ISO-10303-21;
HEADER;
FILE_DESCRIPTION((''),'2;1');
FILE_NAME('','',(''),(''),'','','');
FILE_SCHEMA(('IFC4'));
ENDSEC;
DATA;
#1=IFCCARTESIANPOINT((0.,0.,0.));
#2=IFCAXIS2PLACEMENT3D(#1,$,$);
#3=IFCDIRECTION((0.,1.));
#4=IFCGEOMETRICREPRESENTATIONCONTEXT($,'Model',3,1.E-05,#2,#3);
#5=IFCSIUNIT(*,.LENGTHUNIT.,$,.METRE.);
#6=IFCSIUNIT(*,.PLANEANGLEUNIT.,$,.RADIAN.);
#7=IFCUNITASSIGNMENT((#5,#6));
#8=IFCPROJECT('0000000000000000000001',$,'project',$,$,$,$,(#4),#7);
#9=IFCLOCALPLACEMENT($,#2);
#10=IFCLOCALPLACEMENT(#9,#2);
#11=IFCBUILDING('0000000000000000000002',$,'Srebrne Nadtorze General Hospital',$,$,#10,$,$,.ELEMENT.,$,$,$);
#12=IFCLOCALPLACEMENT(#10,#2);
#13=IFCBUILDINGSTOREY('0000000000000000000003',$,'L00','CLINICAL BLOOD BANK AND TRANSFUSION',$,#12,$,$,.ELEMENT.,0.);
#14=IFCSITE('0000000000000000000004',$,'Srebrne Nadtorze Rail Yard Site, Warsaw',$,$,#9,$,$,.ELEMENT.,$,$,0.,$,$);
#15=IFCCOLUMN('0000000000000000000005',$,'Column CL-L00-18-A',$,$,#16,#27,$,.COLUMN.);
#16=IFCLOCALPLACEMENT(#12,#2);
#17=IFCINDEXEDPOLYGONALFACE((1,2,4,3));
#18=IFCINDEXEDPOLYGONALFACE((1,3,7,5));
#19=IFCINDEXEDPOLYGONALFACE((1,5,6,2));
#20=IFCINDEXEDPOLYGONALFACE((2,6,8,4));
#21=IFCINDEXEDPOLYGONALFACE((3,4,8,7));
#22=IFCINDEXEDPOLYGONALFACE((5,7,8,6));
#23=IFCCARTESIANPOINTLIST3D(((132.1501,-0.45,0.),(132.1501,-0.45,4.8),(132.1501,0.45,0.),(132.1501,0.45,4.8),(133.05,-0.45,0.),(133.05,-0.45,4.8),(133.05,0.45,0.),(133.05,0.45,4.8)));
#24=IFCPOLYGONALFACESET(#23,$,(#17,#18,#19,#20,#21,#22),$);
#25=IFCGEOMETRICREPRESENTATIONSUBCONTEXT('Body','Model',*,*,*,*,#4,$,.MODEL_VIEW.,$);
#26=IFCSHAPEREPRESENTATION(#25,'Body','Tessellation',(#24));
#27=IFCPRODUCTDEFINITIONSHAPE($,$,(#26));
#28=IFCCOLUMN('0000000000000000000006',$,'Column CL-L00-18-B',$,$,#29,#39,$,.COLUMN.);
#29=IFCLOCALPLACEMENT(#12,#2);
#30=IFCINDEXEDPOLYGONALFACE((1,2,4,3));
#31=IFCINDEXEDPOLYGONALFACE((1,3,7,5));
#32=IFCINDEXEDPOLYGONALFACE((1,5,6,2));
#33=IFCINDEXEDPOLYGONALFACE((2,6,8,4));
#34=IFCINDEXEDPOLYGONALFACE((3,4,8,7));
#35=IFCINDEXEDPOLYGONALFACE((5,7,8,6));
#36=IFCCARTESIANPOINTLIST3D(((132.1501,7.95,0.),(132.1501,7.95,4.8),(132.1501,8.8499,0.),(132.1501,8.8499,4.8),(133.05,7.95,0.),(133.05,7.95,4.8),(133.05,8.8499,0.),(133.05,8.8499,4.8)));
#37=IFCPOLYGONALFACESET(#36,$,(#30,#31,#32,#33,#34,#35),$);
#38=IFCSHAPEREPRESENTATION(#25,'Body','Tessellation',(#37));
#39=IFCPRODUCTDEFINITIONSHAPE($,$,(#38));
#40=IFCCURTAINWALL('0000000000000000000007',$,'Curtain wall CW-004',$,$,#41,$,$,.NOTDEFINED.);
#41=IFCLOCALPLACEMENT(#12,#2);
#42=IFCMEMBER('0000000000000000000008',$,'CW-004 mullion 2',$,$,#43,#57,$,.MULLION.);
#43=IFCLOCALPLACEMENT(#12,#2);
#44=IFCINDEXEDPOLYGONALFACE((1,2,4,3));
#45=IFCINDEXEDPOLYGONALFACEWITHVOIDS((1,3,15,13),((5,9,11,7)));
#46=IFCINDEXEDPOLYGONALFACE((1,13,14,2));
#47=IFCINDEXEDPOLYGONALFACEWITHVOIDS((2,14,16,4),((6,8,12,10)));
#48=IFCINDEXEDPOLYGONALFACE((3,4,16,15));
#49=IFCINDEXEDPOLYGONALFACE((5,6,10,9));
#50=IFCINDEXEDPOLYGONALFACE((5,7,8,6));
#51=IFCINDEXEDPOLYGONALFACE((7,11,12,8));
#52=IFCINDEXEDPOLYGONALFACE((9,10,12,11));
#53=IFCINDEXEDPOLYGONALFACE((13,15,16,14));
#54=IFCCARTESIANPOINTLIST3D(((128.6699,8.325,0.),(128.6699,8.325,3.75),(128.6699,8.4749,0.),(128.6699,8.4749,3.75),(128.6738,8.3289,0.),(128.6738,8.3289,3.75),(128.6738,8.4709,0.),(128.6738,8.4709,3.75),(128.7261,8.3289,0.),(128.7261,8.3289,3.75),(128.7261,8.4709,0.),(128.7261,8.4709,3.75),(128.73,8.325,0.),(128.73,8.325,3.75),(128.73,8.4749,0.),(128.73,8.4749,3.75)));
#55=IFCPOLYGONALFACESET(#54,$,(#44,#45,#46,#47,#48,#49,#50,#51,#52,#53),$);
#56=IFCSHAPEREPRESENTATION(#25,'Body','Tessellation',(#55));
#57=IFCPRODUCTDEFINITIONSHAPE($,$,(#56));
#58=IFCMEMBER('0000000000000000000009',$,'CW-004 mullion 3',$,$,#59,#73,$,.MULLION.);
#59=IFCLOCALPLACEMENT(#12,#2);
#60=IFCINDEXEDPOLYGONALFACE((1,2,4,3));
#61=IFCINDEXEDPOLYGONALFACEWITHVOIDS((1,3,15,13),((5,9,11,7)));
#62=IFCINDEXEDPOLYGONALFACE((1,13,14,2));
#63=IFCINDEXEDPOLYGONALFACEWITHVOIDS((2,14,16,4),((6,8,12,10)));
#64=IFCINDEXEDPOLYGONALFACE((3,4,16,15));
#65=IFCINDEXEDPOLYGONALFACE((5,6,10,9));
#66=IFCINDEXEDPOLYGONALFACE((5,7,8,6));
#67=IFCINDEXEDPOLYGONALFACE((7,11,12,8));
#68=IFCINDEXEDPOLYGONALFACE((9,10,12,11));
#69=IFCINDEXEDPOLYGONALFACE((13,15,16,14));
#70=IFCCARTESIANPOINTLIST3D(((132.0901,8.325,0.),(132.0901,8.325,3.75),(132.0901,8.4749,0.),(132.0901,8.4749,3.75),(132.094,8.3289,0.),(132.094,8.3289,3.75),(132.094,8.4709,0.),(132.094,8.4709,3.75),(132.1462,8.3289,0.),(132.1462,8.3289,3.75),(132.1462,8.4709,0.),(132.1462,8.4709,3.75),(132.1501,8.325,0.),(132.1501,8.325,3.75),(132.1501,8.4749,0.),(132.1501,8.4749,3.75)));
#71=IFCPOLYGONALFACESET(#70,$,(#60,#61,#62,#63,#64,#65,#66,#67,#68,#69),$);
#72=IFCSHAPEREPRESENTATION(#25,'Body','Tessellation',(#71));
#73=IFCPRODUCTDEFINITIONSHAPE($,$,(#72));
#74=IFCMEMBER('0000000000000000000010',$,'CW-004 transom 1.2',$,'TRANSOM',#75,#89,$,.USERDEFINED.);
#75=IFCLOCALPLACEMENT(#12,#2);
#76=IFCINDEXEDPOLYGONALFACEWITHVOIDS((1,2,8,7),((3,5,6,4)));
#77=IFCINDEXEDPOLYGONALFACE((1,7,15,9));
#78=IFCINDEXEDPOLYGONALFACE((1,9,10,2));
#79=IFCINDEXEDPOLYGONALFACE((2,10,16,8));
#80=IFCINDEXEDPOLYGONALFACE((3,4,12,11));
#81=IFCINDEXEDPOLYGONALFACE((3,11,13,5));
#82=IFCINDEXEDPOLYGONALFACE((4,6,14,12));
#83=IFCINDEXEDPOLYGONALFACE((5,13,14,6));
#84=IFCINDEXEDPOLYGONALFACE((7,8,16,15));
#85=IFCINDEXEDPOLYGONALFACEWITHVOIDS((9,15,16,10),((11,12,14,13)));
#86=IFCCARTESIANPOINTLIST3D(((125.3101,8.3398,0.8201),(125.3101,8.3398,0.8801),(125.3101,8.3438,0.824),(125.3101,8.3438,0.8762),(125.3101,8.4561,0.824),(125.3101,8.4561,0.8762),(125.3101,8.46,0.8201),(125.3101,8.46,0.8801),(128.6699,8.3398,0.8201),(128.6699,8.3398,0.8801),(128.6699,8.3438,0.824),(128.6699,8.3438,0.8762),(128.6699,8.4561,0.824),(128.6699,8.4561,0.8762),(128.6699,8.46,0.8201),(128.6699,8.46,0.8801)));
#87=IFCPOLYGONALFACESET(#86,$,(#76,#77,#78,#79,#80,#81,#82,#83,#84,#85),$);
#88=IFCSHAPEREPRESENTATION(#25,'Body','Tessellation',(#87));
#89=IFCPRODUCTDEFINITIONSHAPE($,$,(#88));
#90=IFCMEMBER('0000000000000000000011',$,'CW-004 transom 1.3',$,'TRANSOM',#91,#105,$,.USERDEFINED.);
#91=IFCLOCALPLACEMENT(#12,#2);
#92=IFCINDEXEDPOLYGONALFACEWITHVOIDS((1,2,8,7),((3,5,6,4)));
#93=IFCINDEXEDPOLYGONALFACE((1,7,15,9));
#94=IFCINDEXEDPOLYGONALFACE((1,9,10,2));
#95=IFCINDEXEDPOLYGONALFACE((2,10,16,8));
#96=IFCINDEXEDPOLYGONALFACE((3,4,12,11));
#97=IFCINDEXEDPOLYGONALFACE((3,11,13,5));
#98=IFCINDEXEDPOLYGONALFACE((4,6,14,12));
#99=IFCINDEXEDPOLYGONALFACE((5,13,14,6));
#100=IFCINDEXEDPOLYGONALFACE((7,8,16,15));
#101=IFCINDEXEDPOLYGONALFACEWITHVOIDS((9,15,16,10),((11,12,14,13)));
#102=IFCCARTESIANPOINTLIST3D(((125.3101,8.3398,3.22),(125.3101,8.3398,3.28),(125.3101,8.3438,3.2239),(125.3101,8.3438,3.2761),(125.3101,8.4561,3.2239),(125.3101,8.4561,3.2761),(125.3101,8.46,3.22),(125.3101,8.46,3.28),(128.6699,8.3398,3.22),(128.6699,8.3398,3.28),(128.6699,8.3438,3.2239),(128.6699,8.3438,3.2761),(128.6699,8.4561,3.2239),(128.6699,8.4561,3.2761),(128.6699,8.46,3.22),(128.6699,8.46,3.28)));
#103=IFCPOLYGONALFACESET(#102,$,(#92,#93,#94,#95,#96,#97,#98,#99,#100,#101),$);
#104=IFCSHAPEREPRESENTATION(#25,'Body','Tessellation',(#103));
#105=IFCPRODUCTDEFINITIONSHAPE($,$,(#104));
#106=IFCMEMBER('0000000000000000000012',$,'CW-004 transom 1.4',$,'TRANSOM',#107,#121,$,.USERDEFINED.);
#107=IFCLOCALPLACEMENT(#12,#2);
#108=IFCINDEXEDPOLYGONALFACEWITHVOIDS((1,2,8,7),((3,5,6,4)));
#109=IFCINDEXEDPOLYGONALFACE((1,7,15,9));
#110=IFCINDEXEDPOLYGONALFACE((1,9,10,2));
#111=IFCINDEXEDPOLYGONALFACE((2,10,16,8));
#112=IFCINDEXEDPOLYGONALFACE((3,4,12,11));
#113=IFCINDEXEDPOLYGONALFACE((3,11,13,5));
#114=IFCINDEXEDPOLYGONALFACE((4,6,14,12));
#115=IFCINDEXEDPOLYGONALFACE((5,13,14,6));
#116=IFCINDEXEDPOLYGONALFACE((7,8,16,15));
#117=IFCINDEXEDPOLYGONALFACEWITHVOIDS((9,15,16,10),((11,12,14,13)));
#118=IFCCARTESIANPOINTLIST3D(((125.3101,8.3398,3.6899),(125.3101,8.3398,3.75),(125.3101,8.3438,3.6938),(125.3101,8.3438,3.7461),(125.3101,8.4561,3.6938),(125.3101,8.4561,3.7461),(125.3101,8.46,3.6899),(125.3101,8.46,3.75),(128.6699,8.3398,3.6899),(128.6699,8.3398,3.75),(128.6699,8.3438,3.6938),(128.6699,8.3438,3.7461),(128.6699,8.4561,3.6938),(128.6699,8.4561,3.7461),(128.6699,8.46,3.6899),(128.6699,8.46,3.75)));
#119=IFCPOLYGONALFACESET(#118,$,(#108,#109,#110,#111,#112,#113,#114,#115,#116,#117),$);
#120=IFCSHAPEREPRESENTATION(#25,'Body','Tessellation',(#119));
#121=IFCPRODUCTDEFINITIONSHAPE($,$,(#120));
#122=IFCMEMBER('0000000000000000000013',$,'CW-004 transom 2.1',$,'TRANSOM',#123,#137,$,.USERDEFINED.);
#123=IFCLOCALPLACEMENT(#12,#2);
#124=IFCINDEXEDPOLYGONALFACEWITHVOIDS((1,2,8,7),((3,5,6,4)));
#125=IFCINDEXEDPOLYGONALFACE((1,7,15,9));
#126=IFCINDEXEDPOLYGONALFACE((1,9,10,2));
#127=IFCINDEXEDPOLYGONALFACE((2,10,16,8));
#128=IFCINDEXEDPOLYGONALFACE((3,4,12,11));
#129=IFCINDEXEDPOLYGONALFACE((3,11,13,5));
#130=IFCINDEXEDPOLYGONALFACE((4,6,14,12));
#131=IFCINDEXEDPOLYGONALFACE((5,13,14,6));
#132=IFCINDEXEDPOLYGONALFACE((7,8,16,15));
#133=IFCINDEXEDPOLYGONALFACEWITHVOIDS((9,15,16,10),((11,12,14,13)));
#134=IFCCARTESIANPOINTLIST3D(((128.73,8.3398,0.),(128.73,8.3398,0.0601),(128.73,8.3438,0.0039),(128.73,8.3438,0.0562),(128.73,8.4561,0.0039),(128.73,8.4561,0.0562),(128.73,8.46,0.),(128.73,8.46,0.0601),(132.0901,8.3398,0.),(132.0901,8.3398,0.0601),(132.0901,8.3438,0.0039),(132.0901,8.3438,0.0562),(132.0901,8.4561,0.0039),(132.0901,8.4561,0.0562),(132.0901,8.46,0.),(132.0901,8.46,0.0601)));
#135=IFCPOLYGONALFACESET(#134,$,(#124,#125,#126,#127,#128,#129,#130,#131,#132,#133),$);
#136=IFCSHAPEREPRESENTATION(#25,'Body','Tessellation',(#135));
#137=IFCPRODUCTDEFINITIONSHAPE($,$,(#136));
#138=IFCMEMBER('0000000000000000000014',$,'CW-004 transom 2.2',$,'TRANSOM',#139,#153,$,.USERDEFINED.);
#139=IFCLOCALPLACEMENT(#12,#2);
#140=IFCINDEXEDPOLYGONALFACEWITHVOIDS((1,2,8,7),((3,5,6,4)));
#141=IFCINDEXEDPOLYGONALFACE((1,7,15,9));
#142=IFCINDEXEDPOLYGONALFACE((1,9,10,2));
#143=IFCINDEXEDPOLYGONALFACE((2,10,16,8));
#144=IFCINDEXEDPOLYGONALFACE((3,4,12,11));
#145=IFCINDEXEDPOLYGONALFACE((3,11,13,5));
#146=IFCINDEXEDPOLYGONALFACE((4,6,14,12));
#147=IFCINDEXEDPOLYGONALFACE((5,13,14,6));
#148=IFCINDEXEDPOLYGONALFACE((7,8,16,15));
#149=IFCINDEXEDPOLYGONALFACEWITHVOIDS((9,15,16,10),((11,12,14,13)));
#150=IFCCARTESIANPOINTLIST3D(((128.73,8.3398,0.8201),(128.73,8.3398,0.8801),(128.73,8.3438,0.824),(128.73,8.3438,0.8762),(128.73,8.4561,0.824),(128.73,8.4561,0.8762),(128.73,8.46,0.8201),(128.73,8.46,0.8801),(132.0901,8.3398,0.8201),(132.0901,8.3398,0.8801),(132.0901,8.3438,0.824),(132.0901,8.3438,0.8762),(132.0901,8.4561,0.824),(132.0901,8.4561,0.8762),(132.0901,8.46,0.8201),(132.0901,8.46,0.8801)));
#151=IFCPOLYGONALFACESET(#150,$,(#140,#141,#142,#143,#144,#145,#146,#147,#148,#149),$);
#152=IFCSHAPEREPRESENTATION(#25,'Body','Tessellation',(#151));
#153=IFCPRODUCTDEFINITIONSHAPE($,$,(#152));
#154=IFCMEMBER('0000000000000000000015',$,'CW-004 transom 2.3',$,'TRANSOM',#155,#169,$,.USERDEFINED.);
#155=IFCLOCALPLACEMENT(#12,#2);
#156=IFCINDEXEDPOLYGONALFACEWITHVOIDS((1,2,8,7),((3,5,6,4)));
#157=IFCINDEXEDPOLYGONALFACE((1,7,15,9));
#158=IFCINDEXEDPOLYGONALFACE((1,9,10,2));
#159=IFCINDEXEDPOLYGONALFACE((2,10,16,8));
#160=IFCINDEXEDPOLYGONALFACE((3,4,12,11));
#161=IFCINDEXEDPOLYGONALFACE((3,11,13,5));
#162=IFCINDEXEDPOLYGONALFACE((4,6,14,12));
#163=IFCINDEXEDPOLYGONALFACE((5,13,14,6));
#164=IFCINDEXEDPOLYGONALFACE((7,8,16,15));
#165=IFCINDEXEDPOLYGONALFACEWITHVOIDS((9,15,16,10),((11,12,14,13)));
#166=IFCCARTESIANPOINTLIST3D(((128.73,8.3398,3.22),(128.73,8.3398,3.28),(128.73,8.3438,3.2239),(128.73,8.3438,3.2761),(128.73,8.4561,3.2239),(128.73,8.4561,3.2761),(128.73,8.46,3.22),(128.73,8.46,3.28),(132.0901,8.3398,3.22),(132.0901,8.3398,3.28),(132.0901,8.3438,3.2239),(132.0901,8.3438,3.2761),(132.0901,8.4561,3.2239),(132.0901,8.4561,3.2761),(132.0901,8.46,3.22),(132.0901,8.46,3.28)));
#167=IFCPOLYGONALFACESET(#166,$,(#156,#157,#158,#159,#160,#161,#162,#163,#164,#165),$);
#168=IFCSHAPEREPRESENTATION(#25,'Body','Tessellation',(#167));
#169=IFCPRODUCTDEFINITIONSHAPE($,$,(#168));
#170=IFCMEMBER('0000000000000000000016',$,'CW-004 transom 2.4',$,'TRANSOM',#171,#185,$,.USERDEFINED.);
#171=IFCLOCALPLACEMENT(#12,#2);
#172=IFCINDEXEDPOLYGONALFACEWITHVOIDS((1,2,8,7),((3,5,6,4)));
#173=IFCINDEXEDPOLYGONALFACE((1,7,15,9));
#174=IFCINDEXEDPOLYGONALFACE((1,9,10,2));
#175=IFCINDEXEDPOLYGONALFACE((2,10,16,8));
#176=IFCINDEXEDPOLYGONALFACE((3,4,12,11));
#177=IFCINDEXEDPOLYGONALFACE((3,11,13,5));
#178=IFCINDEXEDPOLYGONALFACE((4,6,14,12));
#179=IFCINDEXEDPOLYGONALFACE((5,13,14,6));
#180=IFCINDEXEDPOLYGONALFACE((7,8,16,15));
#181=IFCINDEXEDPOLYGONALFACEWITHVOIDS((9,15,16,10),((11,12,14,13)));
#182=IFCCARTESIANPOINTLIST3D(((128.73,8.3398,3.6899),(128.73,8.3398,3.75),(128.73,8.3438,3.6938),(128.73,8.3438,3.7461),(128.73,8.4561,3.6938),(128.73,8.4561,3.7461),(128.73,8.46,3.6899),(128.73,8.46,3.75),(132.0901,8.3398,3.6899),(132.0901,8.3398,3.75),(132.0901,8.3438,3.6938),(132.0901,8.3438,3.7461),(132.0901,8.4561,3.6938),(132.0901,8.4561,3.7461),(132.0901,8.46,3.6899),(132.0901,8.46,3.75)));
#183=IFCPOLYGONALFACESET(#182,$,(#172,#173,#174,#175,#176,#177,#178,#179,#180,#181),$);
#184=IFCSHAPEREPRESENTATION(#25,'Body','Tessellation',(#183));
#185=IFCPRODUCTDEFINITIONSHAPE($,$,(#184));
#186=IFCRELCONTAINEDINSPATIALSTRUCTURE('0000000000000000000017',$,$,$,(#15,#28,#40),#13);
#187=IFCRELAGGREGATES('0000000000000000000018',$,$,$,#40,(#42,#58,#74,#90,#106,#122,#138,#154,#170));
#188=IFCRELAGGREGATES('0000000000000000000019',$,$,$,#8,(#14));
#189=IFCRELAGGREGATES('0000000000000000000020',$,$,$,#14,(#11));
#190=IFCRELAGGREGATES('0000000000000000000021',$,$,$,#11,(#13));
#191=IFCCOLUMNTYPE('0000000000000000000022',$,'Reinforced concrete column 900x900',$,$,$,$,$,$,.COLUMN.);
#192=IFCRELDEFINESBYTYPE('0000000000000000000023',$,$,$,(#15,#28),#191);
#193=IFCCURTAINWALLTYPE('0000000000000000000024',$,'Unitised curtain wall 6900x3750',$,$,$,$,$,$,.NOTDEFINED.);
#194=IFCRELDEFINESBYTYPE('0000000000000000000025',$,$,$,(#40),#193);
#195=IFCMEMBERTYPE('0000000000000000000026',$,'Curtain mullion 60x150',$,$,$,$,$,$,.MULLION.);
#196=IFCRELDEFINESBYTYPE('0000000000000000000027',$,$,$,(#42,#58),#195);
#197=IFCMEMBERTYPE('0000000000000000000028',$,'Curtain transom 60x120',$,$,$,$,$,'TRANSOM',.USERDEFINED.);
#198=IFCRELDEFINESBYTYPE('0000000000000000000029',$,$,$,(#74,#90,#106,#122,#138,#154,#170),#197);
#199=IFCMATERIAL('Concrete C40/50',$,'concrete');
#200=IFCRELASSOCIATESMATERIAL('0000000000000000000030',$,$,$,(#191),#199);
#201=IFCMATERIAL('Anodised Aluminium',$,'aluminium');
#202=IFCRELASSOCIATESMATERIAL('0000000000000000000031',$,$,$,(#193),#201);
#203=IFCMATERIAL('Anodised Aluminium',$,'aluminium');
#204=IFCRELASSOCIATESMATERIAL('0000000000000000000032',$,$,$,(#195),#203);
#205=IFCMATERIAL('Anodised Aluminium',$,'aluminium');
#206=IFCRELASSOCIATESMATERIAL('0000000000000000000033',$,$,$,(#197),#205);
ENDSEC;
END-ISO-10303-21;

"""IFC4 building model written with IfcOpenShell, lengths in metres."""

from ifc_helpers import new_model, si_unit, direction, frame, origin, origin_2d, place, context, subcontext, project, spatial, rectangle, hollow_rectangle, extrude, material, material_profile, profile_set, type_object, element, aggregate, save


model = new_model("IFC4")

# Units and contexts
model_context = context("Model", 3, precision=1e-05, world=origin(), true_north=direction((0.0, 1.0)))
body_context = subcontext(model_context, "Body", "Model", "MODEL_VIEW")
ifc_project = project(units=[si_unit("LENGTHUNIT", "METRE"), si_unit("PLANEANGLEUNIT", "RADIAN")], contexts=[model_context])

# Site, building, storey
site_placement = place(None, origin())
site = spatial("IfcSite", under=ifc_project, at=site_placement, Name="Srebrne Nadtorze Rail Yard Site, Warsaw", CompositionType="ELEMENT", RefElevation=0.0)
building_placement = place(site_placement, origin())
building = spatial("IfcBuilding", under=site, at=building_placement, Name="Srebrne Nadtorze General Hospital", CompositionType="ELEMENT")
storey_placement = place(building_placement, origin())
storey = spatial("IfcBuildingStorey", under=building, at=storey_placement, Name="L00", Description="CLINICAL BLOOD BANK AND TRANSFUSION", CompositionType="ELEMENT", Elevation=0.0)

# Columns
ifc_material_1 = material(Name="Concrete C40/50", Category="concrete")
ifc_material_profile_1 = material_profile(ifc_material_1, rectangle(XDim=0.8999, YDim=0.8999, at=origin_2d()), Name="RC-COL-900x900")
ifc_profile_set_1 = profile_set([ifc_material_profile_1], Name="Concrete C40/50")
column_type = type_object("IfcColumnType", Name="Reinforced concrete column 900x900", PredefinedType="COLUMN", material=ifc_profile_set_1)
for number, where, z_axis, x_axis, name in (
    (1, (132.6001, 0.0, 0.0), (0.0, 0.0, 1.0), (1.0, 0.0, 0.0), "Column CL-L00-18-A"),
    (2, (132.6001, 8.3999, 0.0), (0.0, 0.0, 1.0), (1.0, 0.0, 0.0), "Column CL-L00-18-B"),
):
    element("IfcColumn", number, at=place(storey_placement, frame(where, z_axis=z_axis, x_axis=x_axis)), inside=storey, type_object=column_type, Name=name, PredefinedType="COLUMN", context=body_context, shape_type="SweptSolid", body=[
        extrude(rectangle(XDim=0.8999, YDim=0.8999, at=origin_2d()), origin(), (0.0, 0.0, 1.0), 4.8),
    ])

# Curtain wall, members
ifc_material_2 = material(Name="Anodised Aluminium", Category="aluminium")
curtain_wall_type = type_object("IfcCurtainWallType", Name="Unitised curtain wall 6900x3750", PredefinedType="NOTDEFINED", material=ifc_material_2)
curtain_wall_placement = place(storey_placement, origin())
curtain_wall = element("IfcCurtainWall", 3, at=curtain_wall_placement, inside=storey, type_object=curtain_wall_type, Name="Curtain wall CW-004", PredefinedType="NOTDEFINED")
ifc_material_3 = material(Name="Anodised Aluminium", Category="aluminium")
ifc_material_profile_2 = material_profile(ifc_material_3, hollow_rectangle(XDim=0.0601, YDim=0.1499, WallThickness=0.0039, at=origin_2d()), Name="AL-MUL-60x150")
ifc_profile_set_2 = profile_set([ifc_material_profile_2], Name="Anodised Aluminium")
member_type_1 = type_object("IfcMemberType", Name="Curtain mullion 60x150", PredefinedType="MULLION", material=ifc_profile_set_2)
member_1_placement = place(storey_placement, frame((128.7, 8.3999, 0.0), z_axis=(0.0, 0.0, 1.0), x_axis=(1.0, 0.0, 0.0)))
member_1 = element("IfcMember", 4, at=member_1_placement, type_object=member_type_1, Name="CW-004 mullion 2", PredefinedType="MULLION", context=body_context, shape_type="SweptSolid", body=[
    extrude(hollow_rectangle(XDim=0.0601, YDim=0.1499, WallThickness=0.0039, at=origin_2d()), origin(), (0.0, 0.0, 1.0), 3.75),
])
member_2_placement = place(storey_placement, frame((132.1201, 8.3999, 0.0), z_axis=(0.0, 0.0, 1.0), x_axis=(1.0, 0.0, 0.0)))
member_2 = element("IfcMember", 5, at=member_2_placement, type_object=member_type_1, Name="CW-004 mullion 3", PredefinedType="MULLION", context=body_context, shape_type="SweptSolid", body=[
    extrude(hollow_rectangle(XDim=0.0601, YDim=0.1499, WallThickness=0.0039, at=origin_2d()), origin(), (0.0, 0.0, 1.0), 3.75),
])
ifc_material_4 = material(Name="Anodised Aluminium", Category="aluminium")
ifc_material_profile_3 = material_profile(ifc_material_4, hollow_rectangle(XDim=0.0601, YDim=0.1201, WallThickness=0.0039, at=origin_2d()), Name="AL-TRN-60x120")
ifc_profile_set_3 = profile_set([ifc_material_profile_3], Name="Anodised Aluminium")
member_type_2 = type_object("IfcMemberType", Name="Curtain transom 60x120", ElementType="TRANSOM", PredefinedType="USERDEFINED", material=ifc_profile_set_3)
member_3_placement = place(storey_placement, frame((125.3101, 8.3999, 0.8501), z_axis=(1.0, 0.0, 0.0), x_axis=(0.0, 0.0, 1.0)))
member_3 = element("IfcMember", 6, at=member_3_placement, type_object=member_type_2, Name="CW-004 transom 1.2", ObjectType="TRANSOM", PredefinedType="USERDEFINED", context=body_context, shape_type="SweptSolid", body=[
    extrude(hollow_rectangle(XDim=0.0601, YDim=0.1201, WallThickness=0.0039, at=origin_2d()), origin(), (0.0, 0.0, 1.0), 3.3599),
])
member_4_placement = place(storey_placement, frame((125.3101, 8.3999, 3.25), z_axis=(1.0, 0.0, 0.0), x_axis=(0.0, 0.0, 1.0)))
member_4 = element("IfcMember", 7, at=member_4_placement, type_object=member_type_2, Name="CW-004 transom 1.3", ObjectType="TRANSOM", PredefinedType="USERDEFINED", context=body_context, shape_type="SweptSolid", body=[
    extrude(hollow_rectangle(XDim=0.0601, YDim=0.1201, WallThickness=0.0039, at=origin_2d()), origin(), (0.0, 0.0, 1.0), 3.3599),
])
member_5_placement = place(storey_placement, frame((125.3101, 8.3999, 3.72), z_axis=(1.0, 0.0, 0.0), x_axis=(0.0, 0.0, 1.0)))
member_5 = element("IfcMember", 8, at=member_5_placement, type_object=member_type_2, Name="CW-004 transom 1.4", ObjectType="TRANSOM", PredefinedType="USERDEFINED", context=body_context, shape_type="SweptSolid", body=[
    extrude(hollow_rectangle(XDim=0.0601, YDim=0.1201, WallThickness=0.0039, at=origin_2d()), origin(), (0.0, 0.0, 1.0), 3.3599),
])
member_6_placement = place(storey_placement, frame((128.73, 8.3999, 0.03), z_axis=(1.0, 0.0, 0.0), x_axis=(0.0, 0.0, 1.0)))
member_6 = element("IfcMember", 9, at=member_6_placement, type_object=member_type_2, Name="CW-004 transom 2.1", ObjectType="TRANSOM", PredefinedType="USERDEFINED", context=body_context, shape_type="SweptSolid", body=[
    extrude(hollow_rectangle(XDim=0.0601, YDim=0.1201, WallThickness=0.0039, at=origin_2d()), origin(), (0.0, 0.0, 1.0), 3.3601),
])
member_7_placement = place(storey_placement, frame((128.73, 8.3999, 0.8501), z_axis=(1.0, 0.0, 0.0), x_axis=(0.0, 0.0, 1.0)))
member_7 = element("IfcMember", 10, at=member_7_placement, type_object=member_type_2, Name="CW-004 transom 2.2", ObjectType="TRANSOM", PredefinedType="USERDEFINED", context=body_context, shape_type="SweptSolid", body=[
    extrude(hollow_rectangle(XDim=0.0601, YDim=0.1201, WallThickness=0.0039, at=origin_2d()), origin(), (0.0, 0.0, 1.0), 3.3601),
])
member_8_placement = place(storey_placement, frame((128.73, 8.3999, 3.25), z_axis=(1.0, 0.0, 0.0), x_axis=(0.0, 0.0, 1.0)))
member_8 = element("IfcMember", 11, at=member_8_placement, type_object=member_type_2, Name="CW-004 transom 2.3", ObjectType="TRANSOM", PredefinedType="USERDEFINED", context=body_context, shape_type="SweptSolid", body=[
    extrude(hollow_rectangle(XDim=0.0601, YDim=0.1201, WallThickness=0.0039, at=origin_2d()), origin(), (0.0, 0.0, 1.0), 3.3601),
])
member_9_placement = place(storey_placement, frame((128.73, 8.3999, 3.72), z_axis=(1.0, 0.0, 0.0), x_axis=(0.0, 0.0, 1.0)))
member_9 = element("IfcMember", 12, at=member_9_placement, type_object=member_type_2, Name="CW-004 transom 2.4", ObjectType="TRANSOM", PredefinedType="USERDEFINED", context=body_context, shape_type="SweptSolid", body=[
    extrude(hollow_rectangle(XDim=0.0601, YDim=0.1201, WallThickness=0.0039, at=origin_2d()), origin(), (0.0, 0.0, 1.0), 3.3601),
])

aggregate(curtain_wall, [member_1, member_2, member_3, member_4, member_5, member_6, member_7, member_8, member_9])

save(model, "model.ifc")
